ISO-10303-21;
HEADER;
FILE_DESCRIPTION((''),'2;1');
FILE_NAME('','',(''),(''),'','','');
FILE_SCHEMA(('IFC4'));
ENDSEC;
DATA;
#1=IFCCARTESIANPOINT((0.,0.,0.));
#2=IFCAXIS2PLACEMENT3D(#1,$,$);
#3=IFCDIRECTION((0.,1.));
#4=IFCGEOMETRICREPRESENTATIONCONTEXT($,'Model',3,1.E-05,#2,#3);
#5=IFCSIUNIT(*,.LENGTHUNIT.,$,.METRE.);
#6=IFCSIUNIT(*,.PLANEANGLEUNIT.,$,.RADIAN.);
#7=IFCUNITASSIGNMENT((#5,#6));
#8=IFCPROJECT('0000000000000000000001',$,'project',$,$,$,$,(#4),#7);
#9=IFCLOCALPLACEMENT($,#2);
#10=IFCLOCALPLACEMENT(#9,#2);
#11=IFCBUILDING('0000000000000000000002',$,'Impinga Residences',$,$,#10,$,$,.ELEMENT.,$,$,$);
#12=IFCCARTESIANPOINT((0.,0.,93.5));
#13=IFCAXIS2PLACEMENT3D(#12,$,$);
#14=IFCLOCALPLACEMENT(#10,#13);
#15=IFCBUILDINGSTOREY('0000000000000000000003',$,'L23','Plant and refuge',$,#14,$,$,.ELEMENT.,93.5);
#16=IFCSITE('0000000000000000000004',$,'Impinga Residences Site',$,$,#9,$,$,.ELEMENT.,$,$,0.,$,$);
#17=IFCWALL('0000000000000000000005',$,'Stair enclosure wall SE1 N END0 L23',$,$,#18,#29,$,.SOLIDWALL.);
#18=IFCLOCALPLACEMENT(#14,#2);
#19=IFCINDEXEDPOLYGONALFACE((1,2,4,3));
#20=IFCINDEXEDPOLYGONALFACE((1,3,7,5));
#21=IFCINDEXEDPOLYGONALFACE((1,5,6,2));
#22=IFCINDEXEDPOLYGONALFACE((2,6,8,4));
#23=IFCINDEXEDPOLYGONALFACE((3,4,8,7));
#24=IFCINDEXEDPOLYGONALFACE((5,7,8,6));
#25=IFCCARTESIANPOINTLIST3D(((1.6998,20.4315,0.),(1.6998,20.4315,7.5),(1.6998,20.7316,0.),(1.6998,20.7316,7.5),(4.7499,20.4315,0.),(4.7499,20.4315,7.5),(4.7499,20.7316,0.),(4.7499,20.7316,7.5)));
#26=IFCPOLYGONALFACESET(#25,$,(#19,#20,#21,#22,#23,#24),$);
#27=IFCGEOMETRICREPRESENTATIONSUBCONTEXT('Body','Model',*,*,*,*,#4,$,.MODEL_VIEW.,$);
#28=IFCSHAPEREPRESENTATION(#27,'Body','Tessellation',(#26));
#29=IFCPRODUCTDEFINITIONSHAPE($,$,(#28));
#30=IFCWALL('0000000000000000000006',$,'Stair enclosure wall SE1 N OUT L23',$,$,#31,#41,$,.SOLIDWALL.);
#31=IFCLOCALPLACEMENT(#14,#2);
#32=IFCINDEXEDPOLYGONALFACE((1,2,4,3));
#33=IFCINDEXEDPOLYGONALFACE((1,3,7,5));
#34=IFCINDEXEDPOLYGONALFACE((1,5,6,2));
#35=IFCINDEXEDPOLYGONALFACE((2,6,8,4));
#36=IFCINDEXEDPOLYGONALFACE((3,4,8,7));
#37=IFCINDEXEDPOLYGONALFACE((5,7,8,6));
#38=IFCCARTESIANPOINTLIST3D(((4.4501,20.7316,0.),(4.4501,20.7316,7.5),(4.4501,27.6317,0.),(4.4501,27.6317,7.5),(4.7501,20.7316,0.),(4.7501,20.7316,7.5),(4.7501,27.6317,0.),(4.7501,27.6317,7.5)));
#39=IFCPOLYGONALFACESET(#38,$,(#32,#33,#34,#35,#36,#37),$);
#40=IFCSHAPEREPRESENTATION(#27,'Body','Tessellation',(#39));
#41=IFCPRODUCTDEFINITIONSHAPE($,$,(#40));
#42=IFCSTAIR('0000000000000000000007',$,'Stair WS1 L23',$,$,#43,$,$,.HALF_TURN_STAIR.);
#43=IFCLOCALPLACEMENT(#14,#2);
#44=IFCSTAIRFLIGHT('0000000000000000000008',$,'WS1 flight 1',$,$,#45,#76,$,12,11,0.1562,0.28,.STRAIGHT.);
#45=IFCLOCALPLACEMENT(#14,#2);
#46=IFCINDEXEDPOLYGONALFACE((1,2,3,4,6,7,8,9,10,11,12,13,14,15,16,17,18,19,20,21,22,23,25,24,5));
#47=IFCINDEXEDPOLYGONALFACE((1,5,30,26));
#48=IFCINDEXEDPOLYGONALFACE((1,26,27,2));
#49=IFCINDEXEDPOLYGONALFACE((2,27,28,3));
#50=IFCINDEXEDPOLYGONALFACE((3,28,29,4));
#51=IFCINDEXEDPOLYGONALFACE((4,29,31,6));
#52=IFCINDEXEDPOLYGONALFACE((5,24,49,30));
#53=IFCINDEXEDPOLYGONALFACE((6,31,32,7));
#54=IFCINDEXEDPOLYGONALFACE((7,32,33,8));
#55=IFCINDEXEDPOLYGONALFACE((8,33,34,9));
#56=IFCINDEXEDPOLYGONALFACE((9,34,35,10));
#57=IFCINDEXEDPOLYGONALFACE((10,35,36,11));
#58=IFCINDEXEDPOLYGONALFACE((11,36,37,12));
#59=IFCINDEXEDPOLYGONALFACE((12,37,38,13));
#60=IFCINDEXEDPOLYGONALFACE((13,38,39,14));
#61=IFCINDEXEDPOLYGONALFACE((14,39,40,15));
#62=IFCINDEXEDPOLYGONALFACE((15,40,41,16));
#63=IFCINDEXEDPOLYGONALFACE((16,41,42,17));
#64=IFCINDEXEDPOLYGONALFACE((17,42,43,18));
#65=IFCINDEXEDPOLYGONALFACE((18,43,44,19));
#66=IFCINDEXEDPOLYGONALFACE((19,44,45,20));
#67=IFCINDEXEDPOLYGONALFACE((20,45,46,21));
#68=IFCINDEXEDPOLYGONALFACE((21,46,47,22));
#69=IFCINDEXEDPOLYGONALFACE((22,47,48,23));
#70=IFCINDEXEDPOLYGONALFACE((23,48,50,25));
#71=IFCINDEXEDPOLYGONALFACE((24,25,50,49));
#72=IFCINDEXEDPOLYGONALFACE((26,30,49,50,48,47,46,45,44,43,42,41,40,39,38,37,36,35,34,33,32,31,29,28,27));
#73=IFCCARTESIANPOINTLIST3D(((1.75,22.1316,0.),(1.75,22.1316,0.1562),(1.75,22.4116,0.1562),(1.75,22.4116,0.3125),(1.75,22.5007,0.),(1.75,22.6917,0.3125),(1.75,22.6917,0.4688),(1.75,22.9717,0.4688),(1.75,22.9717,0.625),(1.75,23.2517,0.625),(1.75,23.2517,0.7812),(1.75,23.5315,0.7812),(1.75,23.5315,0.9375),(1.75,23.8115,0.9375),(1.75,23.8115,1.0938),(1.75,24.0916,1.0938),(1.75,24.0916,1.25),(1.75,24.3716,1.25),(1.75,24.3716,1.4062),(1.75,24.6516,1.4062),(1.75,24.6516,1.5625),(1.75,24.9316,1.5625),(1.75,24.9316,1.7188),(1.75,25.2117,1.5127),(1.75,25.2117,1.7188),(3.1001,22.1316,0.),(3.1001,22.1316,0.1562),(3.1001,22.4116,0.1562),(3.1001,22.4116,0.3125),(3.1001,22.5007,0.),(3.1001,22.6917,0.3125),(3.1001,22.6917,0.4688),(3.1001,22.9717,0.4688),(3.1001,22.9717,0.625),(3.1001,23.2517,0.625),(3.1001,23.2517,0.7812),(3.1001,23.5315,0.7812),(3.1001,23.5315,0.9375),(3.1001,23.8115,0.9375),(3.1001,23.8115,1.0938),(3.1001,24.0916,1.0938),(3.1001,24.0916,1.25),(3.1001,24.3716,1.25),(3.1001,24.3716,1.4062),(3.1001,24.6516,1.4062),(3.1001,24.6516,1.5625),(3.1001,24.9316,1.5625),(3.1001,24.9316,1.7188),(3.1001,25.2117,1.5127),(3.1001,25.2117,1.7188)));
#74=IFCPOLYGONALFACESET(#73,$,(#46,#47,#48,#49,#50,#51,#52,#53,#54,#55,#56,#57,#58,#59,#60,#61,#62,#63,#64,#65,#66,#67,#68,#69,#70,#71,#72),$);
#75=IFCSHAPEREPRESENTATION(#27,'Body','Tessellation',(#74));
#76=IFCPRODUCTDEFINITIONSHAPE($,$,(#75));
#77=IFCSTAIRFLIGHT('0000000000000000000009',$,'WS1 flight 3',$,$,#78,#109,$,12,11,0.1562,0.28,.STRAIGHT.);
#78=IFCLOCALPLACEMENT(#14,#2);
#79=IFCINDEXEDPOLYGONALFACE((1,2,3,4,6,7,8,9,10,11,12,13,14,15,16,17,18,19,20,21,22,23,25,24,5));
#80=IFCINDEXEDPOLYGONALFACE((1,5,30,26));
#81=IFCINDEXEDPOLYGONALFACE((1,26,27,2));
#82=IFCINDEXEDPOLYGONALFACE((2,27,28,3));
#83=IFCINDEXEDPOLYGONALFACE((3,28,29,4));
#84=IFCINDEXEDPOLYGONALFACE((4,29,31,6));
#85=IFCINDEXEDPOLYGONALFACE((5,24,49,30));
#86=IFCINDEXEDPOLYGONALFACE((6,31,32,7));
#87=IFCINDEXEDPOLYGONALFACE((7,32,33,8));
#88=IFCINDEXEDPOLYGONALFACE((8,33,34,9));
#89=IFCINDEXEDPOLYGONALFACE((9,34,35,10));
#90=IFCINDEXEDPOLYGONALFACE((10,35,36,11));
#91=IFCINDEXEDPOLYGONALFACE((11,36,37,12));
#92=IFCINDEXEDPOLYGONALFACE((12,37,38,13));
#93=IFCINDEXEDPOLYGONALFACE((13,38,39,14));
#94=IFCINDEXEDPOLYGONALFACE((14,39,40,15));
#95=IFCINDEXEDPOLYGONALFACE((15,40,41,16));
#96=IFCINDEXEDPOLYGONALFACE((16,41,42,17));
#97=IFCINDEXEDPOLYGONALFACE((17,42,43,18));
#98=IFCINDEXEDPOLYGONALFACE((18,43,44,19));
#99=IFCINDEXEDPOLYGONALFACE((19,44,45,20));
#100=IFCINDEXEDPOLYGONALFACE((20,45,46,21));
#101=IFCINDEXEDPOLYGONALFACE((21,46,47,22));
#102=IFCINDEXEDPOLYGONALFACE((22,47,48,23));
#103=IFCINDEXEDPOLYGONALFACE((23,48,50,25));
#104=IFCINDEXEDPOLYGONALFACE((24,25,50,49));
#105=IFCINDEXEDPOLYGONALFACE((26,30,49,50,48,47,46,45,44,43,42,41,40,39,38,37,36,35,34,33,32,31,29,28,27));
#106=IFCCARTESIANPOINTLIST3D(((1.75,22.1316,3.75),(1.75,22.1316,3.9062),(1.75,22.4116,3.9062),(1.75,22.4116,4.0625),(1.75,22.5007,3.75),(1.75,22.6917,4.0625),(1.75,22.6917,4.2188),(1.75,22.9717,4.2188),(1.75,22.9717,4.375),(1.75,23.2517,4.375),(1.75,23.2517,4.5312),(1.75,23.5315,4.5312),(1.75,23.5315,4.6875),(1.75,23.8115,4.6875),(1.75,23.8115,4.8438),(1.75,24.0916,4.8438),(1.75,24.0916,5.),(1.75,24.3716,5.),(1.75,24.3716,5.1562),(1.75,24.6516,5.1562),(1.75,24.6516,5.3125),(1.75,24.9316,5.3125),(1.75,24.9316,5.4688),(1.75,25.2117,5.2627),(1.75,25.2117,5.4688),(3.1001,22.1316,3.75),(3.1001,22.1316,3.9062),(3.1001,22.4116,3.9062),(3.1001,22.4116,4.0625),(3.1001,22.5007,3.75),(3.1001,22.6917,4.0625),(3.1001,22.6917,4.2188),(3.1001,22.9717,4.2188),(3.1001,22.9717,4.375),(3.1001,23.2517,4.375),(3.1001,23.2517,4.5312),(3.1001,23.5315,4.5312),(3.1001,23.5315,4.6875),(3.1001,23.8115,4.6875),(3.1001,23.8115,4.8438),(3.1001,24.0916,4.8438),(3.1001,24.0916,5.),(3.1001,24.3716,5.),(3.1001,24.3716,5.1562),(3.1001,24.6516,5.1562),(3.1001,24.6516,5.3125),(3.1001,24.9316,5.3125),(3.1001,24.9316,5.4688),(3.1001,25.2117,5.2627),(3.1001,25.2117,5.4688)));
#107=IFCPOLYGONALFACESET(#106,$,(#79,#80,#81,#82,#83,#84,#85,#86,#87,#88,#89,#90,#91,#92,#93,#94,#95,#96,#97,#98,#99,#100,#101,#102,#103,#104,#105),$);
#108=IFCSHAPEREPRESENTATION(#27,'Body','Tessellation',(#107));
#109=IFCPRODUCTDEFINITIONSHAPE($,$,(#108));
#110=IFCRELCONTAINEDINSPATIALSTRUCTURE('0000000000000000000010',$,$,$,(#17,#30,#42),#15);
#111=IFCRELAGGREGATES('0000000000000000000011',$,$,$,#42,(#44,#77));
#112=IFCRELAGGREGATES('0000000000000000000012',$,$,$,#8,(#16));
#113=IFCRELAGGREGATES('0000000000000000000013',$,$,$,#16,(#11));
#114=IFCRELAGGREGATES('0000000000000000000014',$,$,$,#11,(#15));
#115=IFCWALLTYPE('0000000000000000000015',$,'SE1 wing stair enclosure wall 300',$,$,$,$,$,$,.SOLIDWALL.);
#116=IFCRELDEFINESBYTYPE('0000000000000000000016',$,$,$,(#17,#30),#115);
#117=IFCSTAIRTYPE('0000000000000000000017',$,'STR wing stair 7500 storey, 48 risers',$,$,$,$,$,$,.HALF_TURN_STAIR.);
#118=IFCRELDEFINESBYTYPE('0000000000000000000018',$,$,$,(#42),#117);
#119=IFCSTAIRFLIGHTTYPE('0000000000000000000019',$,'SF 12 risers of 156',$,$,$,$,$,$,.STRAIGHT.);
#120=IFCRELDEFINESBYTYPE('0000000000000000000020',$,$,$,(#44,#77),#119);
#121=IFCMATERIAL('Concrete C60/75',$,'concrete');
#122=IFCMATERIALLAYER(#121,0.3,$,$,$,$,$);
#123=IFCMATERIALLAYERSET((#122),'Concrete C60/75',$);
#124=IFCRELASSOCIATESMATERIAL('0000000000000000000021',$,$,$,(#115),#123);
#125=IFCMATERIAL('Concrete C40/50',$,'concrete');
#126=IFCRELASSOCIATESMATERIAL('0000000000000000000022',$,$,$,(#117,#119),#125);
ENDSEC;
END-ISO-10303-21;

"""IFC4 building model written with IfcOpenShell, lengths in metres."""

from ifc_helpers import new_model, si_unit, direction, frame, frame_2d, origin, place, context, subcontext, project, spatial, polyline, rectangle, outline, extrude, material, layer, layer_set, type_object, element, aggregate, save


model = new_model("IFC4")

# Units and contexts
model_context = context("Model", 3, precision=1e-05, world=origin(), true_north=direction((0.0, 1.0)))
body_context = subcontext(model_context, "Body", "Model", "MODEL_VIEW")
ifc_project = project(units=[si_unit("LENGTHUNIT", "METRE"), si_unit("PLANEANGLEUNIT", "RADIAN")], contexts=[model_context])

# Site, building, storey
site_placement = place(None, origin())
site = spatial("IfcSite", under=ifc_project, at=site_placement, Name="Impinga Residences Site", CompositionType="ELEMENT", RefElevation=0.0)
building_placement = place(site_placement, origin())
building = spatial("IfcBuilding", under=site, at=building_placement, Name="Impinga Residences", CompositionType="ELEMENT")
storey_placement = place(building_placement, frame((0.0, 0.0, 93.5)))
storey = spatial("IfcBuildingStorey", under=building, at=storey_placement, Name="L23", Description="Plant and refuge", CompositionType="ELEMENT", Elevation=93.5)

# Shared definitions
ifc_material_1 = material(Name="Concrete C60/75", Category="concrete")

# Walls
ifc_layer_1 = layer(ifc_material_1, 0.3)
ifc_layer_set_1 = layer_set([ifc_layer_1], Name="Concrete C60/75")
wall_type_1 = type_object("IfcWallType", Name="SE1 wing stair enclosure wall 300", PredefinedType="SOLIDWALL", material=ifc_layer_set_1)
wall_1_placement = place(storey_placement, frame((1.7, 20.5815, 0.0), z_axis=(0.0, 0.0, 1.0), x_axis=(1.0, 0.0, 0.0)))
element("IfcWall", 1, at=wall_1_placement, inside=storey, type_object=wall_type_1, Name="Stair enclosure wall SE1 N END0 L23", PredefinedType="SOLIDWALL", context=body_context, shape_type="SweptSolid", body=[
    extrude(rectangle(XDim=3.05, YDim=0.3, at=frame_2d((1.5249, 0.0))), origin(), (0.0, 0.0, 1.0), 7.5),
])
wall_2_placement = place(storey_placement, frame((4.6001, 20.7314, 0.0), z_axis=(0.0, 0.0, 1.0), x_axis=(0.0, 1.0, 0.0)))
element("IfcWall", 2, at=wall_2_placement, inside=storey, type_object=wall_type_1, Name="Stair enclosure wall SE1 N OUT L23", PredefinedType="SOLIDWALL", context=body_context, shape_type="SweptSolid", body=[
    extrude(rectangle(XDim=6.9001, YDim=0.3, at=frame_2d((3.4502, 0.0))), origin(), (0.0, 0.0, 1.0), 7.5),
])

# Stair, stair flights
ifc_material_2 = material(Name="Concrete C40/50", Category="concrete")
stair_type = type_object("IfcStairType", Name="STR wing stair 7500 storey, 48 risers", PredefinedType="HALF_TURN_STAIR", material=ifc_material_2)
stair_placement = place(storey_placement, origin())
stair = element("IfcStair", 3, at=stair_placement, inside=storey, type_object=stair_type, Name="Stair WS1 L23", PredefinedType="HALF_TURN_STAIR")
stair_flight_type = type_object("IfcStairFlightType", Name="SF 12 risers of 156", PredefinedType="STRAIGHT", material=ifc_material_2)
stair_flight_1_placement = place(storey_placement, frame((2.425, 22.1316, 0.0), z_axis=(0.0, 0.0, 1.0), x_axis=(0.0, 1.0, 0.0)))
stair_flight_1 = element("IfcStairFlight", 4, at=stair_flight_1_placement, type_object=stair_flight_type, Name="WS1 flight 1", NumberOfRisers=12, NumberOfTreads=11, PredefinedType="STRAIGHT", RiserHeight=0.1562, TreadLength=0.28, context=body_context, shape_type="SweptSolid", body=[
    extrude(outline(polyline([(0.0, 0.0), (0.0, 0.1562), (0.28, 0.1562), (0.28, 0.3125), (0.5601, 0.3125), (0.5601, 0.4688), (0.8401, 0.4688), (0.8401, 0.625), (1.1201, 0.625), (1.1201, 0.7812), (1.3999, 0.7812), (1.3999, 0.9375), (1.6799, 0.9375), (1.6799, 1.0938), (1.96, 1.0938), (1.96, 1.25), (2.24, 1.25), (2.24, 1.4062), (2.52, 1.4062), (2.52, 1.5625), (2.8, 1.5625), (2.8, 1.7188), (3.0801, 1.7188), (3.0801, 1.875), (3.0801, 1.5127), (0.3691, 0.0), (0.0, 0.0)])), frame((0.0, 0.675, 0.0), z_axis=(0.0, -1.0, 0.0), x_axis=(1.0, 0.0, 0.0)), (0.0, 0.0, 1.0), 1.3501),
])
stair_flight_2_placement = place(storey_placement, frame((2.425, 22.1316, 3.75), z_axis=(0.0, 0.0, 1.0), x_axis=(0.0, 1.0, 0.0)))
stair_flight_2 = element("IfcStairFlight", 5, at=stair_flight_2_placement, type_object=stair_flight_type, Name="WS1 flight 3", NumberOfRisers=12, NumberOfTreads=11, PredefinedType="STRAIGHT", RiserHeight=0.1562, TreadLength=0.28, context=body_context, shape_type="SweptSolid", body=[
    extrude(outline(polyline([(0.0, 0.0), (0.0, 0.1562), (0.28, 0.1562), (0.28, 0.3125), (0.5601, 0.3125), (0.5601, 0.4688), (0.8401, 0.4688), (0.8401, 0.625), (1.1201, 0.625), (1.1201, 0.7812), (1.3999, 0.7812), (1.3999, 0.9375), (1.6799, 0.9375), (1.6799, 1.0938), (1.96, 1.0938), (1.96, 1.25), (2.24, 1.25), (2.24, 1.4062), (2.52, 1.4062), (2.52, 1.5625), (2.8, 1.5625), (2.8, 1.7188), (3.0801, 1.7188), (3.0801, 1.875), (3.0801, 1.5127), (0.3691, 0.0), (0.0, 0.0)])), frame((0.0, 0.675, 0.0), z_axis=(0.0, -1.0, 0.0), x_axis=(1.0, 0.0, 0.0)), (0.0, 0.0, 1.0), 1.3501),
])
aggregate(stair, [stair_flight_1, stair_flight_2])

save(model, "model.ifc")
